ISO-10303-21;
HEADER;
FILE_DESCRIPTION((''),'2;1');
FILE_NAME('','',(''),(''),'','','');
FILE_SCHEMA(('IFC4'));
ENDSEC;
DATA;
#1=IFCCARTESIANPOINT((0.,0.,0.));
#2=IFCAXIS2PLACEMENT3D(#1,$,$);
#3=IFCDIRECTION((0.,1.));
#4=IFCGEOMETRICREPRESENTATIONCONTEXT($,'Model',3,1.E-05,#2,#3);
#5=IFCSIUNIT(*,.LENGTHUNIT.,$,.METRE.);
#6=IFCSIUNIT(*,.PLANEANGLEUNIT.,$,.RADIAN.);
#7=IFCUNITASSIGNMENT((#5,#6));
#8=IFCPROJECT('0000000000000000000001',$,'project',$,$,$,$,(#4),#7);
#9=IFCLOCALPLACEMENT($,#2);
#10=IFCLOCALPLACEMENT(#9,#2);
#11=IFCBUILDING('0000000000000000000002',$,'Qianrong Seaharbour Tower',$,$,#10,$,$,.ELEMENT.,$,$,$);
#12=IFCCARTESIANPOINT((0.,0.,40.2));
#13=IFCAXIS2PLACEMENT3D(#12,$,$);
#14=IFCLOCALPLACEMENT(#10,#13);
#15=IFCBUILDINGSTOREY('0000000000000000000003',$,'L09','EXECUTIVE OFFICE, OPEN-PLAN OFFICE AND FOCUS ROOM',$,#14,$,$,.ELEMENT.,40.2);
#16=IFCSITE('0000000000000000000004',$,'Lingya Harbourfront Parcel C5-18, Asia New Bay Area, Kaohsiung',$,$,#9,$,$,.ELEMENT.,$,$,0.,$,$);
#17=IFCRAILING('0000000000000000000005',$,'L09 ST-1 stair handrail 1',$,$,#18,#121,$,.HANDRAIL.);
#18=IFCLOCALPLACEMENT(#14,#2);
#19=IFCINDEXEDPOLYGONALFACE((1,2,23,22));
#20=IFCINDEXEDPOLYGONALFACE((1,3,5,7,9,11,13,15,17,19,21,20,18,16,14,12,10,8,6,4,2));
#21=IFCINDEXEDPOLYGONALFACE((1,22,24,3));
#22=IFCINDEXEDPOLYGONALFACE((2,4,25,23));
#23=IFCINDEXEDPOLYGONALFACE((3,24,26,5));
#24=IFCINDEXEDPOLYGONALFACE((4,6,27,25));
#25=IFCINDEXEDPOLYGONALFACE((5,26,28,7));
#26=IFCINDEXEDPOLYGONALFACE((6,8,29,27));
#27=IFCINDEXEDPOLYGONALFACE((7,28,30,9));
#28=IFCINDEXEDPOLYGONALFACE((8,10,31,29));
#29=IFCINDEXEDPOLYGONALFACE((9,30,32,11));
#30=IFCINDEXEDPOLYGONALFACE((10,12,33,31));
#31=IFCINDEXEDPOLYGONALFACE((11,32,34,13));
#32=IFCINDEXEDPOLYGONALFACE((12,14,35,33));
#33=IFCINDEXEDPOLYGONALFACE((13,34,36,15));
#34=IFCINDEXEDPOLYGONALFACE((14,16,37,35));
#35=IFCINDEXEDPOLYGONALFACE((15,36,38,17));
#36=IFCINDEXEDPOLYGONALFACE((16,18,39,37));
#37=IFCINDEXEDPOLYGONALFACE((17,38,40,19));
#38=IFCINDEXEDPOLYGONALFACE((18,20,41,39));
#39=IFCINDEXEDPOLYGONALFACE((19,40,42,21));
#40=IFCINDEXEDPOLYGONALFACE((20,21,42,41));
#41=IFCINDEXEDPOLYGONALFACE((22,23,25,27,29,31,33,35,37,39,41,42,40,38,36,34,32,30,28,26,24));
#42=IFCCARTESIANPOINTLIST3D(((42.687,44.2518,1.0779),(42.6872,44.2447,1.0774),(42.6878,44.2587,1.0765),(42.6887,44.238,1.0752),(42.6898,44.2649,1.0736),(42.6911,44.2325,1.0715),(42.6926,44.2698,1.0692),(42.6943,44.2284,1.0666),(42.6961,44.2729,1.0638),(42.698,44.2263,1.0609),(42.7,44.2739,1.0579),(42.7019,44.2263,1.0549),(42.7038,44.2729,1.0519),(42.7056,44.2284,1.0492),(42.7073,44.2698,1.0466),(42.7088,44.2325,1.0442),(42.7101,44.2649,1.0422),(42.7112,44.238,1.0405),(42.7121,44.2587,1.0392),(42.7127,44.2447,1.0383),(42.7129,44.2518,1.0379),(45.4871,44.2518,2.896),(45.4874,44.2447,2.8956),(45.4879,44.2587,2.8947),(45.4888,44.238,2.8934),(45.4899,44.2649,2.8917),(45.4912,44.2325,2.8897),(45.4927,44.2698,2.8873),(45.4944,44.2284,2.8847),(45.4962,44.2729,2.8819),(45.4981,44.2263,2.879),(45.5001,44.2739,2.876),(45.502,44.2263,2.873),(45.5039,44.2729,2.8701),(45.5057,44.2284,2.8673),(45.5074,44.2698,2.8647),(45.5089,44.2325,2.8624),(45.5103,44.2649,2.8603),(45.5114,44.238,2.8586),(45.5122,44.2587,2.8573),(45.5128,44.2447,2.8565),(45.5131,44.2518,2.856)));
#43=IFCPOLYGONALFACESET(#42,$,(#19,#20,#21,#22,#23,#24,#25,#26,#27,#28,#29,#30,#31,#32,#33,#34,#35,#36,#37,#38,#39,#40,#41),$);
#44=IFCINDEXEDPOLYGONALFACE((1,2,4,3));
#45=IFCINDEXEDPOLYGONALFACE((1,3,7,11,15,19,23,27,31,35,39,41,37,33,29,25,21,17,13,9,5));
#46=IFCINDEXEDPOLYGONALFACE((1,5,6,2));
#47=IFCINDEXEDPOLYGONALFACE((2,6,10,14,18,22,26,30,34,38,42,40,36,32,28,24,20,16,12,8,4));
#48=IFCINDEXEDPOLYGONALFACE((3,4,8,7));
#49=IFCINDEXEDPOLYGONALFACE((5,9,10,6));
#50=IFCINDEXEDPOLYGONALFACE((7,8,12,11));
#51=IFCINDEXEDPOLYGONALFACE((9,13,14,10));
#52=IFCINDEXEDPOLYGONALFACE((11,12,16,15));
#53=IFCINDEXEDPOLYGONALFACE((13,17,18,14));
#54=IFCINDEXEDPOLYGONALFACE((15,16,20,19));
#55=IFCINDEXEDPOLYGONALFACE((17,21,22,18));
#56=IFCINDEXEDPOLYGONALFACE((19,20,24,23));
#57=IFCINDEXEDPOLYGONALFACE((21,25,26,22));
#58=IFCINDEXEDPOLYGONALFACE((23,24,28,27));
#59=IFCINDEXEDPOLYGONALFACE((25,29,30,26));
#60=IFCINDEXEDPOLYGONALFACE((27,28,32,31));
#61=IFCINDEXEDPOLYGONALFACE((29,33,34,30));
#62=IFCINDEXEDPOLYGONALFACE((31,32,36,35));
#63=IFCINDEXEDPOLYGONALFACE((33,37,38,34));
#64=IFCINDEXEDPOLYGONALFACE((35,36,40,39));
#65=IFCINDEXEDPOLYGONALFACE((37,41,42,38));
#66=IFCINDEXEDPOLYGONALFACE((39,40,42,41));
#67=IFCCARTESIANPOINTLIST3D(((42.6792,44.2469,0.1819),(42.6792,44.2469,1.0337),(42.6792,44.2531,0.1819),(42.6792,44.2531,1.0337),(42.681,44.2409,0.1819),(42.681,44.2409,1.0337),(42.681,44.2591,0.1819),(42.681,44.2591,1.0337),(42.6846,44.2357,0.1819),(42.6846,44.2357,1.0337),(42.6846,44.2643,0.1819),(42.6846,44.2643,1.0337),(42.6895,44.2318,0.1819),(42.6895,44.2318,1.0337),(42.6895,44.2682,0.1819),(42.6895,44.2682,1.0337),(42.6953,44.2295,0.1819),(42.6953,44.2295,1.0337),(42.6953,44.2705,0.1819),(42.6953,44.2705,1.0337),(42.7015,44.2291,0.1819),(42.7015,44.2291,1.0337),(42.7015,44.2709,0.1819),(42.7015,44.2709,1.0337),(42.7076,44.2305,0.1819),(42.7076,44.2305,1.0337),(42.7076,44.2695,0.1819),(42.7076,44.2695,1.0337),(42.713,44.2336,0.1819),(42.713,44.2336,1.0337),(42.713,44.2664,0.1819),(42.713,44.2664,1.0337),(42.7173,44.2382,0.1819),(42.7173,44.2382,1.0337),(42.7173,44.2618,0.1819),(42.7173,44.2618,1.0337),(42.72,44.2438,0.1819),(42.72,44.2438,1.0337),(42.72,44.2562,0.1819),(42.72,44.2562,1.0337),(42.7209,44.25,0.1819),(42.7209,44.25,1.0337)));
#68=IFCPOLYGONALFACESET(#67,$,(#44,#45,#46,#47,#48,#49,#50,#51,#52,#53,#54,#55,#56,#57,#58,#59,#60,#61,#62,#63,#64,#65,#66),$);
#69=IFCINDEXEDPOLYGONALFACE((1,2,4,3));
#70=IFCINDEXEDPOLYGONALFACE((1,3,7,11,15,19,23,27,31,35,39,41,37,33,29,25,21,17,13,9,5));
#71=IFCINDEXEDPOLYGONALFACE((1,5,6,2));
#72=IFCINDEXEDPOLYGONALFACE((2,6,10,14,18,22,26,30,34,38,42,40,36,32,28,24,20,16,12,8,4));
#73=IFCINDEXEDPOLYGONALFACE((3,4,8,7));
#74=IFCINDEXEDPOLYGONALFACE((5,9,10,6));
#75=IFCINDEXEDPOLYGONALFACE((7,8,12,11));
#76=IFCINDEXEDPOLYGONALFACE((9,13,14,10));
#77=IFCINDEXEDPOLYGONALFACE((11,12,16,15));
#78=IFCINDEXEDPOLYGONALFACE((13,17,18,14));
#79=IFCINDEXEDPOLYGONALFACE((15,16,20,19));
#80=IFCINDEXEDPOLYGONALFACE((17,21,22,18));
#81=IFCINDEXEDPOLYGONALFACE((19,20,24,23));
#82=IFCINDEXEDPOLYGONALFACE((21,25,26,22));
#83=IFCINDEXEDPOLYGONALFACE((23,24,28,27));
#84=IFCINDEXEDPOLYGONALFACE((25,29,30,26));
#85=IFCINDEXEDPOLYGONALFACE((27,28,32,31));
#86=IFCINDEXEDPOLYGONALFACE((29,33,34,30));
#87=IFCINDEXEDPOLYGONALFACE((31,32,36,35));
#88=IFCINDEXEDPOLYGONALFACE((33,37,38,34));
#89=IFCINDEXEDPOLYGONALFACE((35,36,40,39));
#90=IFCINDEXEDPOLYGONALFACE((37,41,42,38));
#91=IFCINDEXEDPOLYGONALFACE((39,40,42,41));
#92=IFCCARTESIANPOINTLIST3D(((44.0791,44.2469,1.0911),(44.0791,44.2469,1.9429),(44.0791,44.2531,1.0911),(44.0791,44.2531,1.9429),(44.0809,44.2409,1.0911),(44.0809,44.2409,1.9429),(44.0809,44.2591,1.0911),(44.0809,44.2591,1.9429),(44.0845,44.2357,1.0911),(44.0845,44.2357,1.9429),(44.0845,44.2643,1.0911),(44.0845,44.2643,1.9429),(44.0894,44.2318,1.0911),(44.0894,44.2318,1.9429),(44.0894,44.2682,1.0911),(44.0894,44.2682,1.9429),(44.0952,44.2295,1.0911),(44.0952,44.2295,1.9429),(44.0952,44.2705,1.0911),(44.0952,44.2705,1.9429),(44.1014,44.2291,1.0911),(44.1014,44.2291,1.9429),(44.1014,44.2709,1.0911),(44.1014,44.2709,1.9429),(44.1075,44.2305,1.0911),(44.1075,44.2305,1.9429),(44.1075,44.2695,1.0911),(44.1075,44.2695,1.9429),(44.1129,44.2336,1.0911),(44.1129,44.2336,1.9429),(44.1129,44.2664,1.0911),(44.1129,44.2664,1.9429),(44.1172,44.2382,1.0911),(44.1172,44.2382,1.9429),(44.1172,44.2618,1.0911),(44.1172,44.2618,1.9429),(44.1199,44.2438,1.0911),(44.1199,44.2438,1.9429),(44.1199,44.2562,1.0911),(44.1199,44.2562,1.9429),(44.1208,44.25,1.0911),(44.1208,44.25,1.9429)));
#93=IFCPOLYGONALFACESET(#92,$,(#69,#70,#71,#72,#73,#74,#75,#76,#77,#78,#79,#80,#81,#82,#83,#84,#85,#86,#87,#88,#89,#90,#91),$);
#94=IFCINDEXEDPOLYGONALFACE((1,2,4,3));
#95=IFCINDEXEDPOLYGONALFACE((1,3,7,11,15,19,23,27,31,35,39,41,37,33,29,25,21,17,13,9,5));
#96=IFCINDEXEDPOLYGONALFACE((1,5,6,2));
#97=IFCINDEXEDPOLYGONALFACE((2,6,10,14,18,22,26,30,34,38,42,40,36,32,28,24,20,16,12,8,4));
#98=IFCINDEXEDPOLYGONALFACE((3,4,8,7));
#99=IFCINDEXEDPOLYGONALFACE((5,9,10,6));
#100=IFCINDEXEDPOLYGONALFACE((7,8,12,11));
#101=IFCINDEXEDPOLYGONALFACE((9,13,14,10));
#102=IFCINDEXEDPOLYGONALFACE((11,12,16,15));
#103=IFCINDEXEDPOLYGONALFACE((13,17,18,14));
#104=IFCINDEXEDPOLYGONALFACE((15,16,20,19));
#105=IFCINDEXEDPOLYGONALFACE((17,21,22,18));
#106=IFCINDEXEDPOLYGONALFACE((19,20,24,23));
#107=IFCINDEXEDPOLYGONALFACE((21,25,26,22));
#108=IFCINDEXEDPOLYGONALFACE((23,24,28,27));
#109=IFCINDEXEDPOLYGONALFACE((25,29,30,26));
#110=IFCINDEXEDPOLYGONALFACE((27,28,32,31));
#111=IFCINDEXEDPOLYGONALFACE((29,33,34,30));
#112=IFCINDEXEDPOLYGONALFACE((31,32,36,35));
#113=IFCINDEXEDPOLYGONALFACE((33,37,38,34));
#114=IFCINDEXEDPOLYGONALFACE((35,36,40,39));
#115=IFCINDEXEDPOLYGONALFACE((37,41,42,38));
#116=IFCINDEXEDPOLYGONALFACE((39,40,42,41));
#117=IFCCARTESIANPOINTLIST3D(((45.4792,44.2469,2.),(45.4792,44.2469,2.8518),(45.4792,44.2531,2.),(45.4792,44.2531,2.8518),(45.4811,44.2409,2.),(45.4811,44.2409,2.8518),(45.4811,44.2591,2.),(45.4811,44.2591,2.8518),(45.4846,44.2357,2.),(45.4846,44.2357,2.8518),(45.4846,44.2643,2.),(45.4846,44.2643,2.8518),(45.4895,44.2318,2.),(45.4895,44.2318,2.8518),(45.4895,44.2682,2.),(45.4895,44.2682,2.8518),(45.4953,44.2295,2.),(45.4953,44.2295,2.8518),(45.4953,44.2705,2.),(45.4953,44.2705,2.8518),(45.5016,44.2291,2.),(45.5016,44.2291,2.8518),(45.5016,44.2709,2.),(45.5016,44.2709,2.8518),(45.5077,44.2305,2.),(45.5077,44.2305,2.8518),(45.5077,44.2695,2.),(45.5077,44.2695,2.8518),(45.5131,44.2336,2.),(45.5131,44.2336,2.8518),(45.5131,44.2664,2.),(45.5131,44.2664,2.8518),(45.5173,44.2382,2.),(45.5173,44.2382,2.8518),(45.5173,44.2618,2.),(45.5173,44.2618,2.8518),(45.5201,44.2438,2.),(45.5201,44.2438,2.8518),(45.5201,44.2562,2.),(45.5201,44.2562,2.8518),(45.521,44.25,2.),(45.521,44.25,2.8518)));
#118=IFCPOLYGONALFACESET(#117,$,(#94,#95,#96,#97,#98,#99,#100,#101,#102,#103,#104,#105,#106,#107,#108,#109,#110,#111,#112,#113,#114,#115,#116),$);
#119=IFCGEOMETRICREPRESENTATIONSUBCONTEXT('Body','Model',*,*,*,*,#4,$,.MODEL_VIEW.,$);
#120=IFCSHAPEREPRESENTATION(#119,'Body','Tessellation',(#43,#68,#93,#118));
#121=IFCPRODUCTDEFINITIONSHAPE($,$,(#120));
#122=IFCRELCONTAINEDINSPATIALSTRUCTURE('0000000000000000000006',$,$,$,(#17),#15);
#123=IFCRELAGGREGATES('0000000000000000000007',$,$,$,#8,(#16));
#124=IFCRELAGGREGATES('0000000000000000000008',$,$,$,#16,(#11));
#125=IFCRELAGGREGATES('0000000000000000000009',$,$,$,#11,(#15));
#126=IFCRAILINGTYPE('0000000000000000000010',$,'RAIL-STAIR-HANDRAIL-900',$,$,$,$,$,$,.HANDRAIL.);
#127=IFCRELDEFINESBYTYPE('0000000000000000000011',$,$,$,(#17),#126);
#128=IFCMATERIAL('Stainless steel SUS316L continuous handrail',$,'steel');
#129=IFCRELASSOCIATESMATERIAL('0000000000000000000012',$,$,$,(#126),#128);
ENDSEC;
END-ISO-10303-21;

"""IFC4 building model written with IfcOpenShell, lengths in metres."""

from ifc_helpers import new_model, si_unit, direction, frame, origin, origin_2d, place, context, subcontext, project, spatial, circle, extrude, material, type_object, element, save


model = new_model("IFC4")

# Units and contexts
model_context = context("Model", 3, precision=1e-05, world=origin(), true_north=direction((0.0, 1.0)))
body_context = subcontext(model_context, "Body", "Model", "MODEL_VIEW")
ifc_project = project(units=[si_unit("LENGTHUNIT", "METRE"), si_unit("PLANEANGLEUNIT", "RADIAN")], contexts=[model_context])

# Site, building, storey
site_placement = place(None, origin())
site = spatial("IfcSite", under=ifc_project, at=site_placement, Name="Lingya Harbourfront Parcel C5-18, Asia New Bay Area, Kaohsiung", CompositionType="ELEMENT", RefElevation=0.0)
building_placement = place(site_placement, origin())
building = spatial("IfcBuilding", under=site, at=building_placement, Name="Qianrong Seaharbour Tower", CompositionType="ELEMENT")
storey_placement = place(building_placement, frame((0.0, 0.0, 40.2)))
storey = spatial("IfcBuildingStorey", under=building, at=storey_placement, Name="L09", Description="EXECUTIVE OFFICE, OPEN-PLAN OFFICE AND FOCUS ROOM", CompositionType="ELEMENT", Elevation=40.2)

# Railing
ifc_material_1 = material(Name="Stainless steel SUS316L continuous handrail", Category="steel")
railing_type = type_object("IfcRailingType", Name="RAIL-STAIR-HANDRAIL-900", PredefinedType="HANDRAIL", material=ifc_material_1)
railing_placement = place(storey_placement, frame((42.7, 44.25, 0.1819)))
element("IfcRailing", 1, at=railing_placement, inside=storey, type_object=railing_type, Name="L09 ST-1 stair handrail 1", PredefinedType="HANDRAIL", context=body_context, shape_type="SweptSolid", body=[
    extrude(circle(Radius=0.0239, at=origin_2d()), frame((0.0, 0.0, 0.876), z_axis=(0.838706, 0.0, 0.544585), x_axis=(0.0, 1.0, 0.0)), (0.0, 0.0, 1.0), 3.3386),
    extrude(circle(Radius=0.021, at=origin_2d()), origin(), (0.0, 0.0, 1.0), 0.8518),
    extrude(circle(Radius=0.021, at=origin_2d()), frame((1.3999, 0.0, 0.9092)), (0.0, 0.0, 1.0), 0.8518),
    extrude(circle(Radius=0.021, at=origin_2d()), frame((2.8, 0.0, 1.8181)), (0.0, 0.0, 1.0), 0.8518),
])

save(model, "model.ifc")
